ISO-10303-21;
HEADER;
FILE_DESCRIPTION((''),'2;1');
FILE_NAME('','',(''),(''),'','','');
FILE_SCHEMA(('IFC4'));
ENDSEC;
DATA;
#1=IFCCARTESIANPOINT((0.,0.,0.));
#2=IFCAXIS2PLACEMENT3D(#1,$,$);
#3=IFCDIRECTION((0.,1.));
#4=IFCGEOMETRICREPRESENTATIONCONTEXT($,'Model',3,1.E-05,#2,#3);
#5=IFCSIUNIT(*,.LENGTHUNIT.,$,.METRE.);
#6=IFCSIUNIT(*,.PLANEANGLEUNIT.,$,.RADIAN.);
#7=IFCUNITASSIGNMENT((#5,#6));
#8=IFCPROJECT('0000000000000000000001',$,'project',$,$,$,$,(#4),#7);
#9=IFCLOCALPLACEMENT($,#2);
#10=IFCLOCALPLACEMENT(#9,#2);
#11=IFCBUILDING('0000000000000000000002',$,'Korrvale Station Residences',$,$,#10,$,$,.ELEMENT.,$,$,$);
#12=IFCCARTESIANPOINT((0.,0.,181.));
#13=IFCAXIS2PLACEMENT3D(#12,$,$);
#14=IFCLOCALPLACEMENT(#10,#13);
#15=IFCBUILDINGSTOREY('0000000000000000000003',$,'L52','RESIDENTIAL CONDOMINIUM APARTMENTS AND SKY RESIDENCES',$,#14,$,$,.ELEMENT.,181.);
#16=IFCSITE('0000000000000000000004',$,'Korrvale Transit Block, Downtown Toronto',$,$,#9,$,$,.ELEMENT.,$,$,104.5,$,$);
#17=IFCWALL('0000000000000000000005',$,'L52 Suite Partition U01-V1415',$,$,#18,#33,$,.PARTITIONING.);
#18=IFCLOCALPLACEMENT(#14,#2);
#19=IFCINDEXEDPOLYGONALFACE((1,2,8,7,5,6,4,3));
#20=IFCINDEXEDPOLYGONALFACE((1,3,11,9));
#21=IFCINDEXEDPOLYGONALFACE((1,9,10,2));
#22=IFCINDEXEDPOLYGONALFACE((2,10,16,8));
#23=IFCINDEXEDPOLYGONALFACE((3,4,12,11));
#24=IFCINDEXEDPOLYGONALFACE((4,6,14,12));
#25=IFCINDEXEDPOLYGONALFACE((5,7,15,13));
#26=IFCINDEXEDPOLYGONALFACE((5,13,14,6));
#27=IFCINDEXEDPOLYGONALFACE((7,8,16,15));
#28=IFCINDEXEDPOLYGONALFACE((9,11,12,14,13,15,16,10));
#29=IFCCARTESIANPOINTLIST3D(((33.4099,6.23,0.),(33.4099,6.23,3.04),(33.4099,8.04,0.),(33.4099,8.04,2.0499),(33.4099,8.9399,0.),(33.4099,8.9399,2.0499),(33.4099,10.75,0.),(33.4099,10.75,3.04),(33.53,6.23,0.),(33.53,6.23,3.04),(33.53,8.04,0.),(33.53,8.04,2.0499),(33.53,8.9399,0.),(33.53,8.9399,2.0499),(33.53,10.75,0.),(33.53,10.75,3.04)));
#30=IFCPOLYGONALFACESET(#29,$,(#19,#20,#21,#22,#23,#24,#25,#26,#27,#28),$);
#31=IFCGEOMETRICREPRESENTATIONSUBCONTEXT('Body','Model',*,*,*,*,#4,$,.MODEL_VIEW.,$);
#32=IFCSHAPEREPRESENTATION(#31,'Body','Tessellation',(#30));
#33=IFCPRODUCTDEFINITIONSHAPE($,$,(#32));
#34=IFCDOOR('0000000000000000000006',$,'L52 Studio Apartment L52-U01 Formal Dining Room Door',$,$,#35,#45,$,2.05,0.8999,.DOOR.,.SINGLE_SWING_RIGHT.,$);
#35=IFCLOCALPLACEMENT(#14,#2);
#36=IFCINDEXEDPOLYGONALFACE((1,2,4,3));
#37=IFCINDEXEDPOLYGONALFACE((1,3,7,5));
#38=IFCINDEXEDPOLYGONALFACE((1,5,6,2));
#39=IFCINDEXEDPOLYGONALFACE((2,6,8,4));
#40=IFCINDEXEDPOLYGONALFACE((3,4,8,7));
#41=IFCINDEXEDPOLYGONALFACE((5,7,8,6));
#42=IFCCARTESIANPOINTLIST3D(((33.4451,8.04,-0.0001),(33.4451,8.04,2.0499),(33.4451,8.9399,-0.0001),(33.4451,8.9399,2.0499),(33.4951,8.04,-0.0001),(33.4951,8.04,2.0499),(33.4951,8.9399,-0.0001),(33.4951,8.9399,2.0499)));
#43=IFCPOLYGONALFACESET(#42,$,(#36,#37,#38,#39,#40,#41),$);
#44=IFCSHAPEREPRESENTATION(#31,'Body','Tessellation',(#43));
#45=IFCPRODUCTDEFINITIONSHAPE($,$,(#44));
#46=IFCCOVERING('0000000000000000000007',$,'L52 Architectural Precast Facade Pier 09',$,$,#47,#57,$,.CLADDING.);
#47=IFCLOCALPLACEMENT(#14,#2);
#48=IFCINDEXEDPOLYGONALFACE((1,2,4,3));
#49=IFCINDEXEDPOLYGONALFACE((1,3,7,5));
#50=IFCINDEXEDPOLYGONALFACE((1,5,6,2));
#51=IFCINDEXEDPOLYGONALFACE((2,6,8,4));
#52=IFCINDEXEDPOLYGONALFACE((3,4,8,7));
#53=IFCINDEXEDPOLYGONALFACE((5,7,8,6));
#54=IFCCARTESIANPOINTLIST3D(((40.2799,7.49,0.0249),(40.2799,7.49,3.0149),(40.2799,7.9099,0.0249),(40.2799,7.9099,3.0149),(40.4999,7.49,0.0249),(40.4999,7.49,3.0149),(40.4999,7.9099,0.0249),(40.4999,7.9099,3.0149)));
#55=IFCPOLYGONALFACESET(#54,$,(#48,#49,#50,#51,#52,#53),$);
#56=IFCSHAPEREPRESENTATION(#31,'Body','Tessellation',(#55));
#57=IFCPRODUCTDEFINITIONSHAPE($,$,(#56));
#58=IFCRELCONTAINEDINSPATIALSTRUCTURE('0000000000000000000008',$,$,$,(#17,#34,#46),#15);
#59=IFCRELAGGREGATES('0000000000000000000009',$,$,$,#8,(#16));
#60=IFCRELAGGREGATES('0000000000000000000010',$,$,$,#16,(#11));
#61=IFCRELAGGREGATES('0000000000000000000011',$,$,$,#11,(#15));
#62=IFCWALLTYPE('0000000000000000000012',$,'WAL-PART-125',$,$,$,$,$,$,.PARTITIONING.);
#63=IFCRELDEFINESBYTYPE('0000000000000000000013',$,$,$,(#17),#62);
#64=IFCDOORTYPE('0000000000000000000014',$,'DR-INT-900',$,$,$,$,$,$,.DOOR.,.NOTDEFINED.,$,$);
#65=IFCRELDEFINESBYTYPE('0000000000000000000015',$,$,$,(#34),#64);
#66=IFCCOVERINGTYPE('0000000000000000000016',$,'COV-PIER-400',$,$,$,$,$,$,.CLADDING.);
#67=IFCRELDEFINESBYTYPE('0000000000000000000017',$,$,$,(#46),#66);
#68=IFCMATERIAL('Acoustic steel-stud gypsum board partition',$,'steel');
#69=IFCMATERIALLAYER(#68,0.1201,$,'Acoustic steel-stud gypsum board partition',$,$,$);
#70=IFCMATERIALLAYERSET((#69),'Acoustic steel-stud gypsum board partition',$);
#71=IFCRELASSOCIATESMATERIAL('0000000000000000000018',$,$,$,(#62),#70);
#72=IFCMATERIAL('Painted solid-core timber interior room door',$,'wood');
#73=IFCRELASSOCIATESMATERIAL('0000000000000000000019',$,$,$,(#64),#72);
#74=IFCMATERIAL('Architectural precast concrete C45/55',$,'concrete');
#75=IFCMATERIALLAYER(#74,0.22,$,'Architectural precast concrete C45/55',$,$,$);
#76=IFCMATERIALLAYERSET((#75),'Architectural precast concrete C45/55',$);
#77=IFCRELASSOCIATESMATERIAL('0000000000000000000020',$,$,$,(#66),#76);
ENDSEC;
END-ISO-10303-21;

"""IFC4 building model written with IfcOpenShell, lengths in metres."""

from ifc_helpers import new_model, si_unit, direction, frame, frame_2d, origin, origin_2d, place, context, subcontext, project, spatial, rectangle, extrude, material, layer, layer_set, type_object, element, fill, save


model = new_model("IFC4")

# Units and contexts
model_context = context("Model", 3, precision=1e-05, world=origin(), true_north=direction((0.0, 1.0)))
body_context = subcontext(model_context, "Body", "Model", "MODEL_VIEW")
ifc_project = project(units=[si_unit("LENGTHUNIT", "METRE"), si_unit("PLANEANGLEUNIT", "RADIAN")], contexts=[model_context])

# Site, building, storey
site_placement = place(None, origin())
site = spatial("IfcSite", under=ifc_project, at=site_placement, Name="Korrvale Transit Block, Downtown Toronto", CompositionType="ELEMENT", RefElevation=104.5)
building_placement = place(site_placement, origin())
building = spatial("IfcBuilding", under=site, at=building_placement, Name="Korrvale Station Residences", CompositionType="ELEMENT")
storey_placement = place(building_placement, frame((0.0, 0.0, 181.0)))
storey = spatial("IfcBuildingStorey", under=building, at=storey_placement, Name="L52", Description="RESIDENTIAL CONDOMINIUM APARTMENTS AND SKY RESIDENCES", CompositionType="ELEMENT", Elevation=181.0)

# Wall, opening, door
ifc_material_1 = material(Name="Acoustic steel-stud gypsum board partition", Category="steel")
ifc_layer_1 = layer(ifc_material_1, 0.1201, Name="Acoustic steel-stud gypsum board partition")
ifc_layer_set_1 = layer_set([ifc_layer_1], Name="Acoustic steel-stud gypsum board partition")
wall_type_1 = type_object("IfcWallType", Name="WAL-PART-125", PredefinedType="PARTITIONING", material=ifc_layer_set_1)
ifc_material_2 = material(Name="Painted solid-core timber interior room door", Category="wood")
door_type_1 = type_object("IfcDoorType", Name="DR-INT-900", OperationType="NOTDEFINED", PredefinedType="DOOR", material=ifc_material_2)
wall_1_placement = place(storey_placement, frame((33.47, 6.23, 0.0), z_axis=(0.0, 0.0, 1.0), x_axis=(0.0, 1.0, 0.0)))
wall_1 = element("IfcWall", 1, at=wall_1_placement, inside=storey, type_object=wall_type_1, Name="L52 Suite Partition U01-V1415", PredefinedType="PARTITIONING", context=body_context, shape_type="SweptSolid", body=[
    extrude(rectangle(XDim=4.52, YDim=0.1201, at=frame_2d((2.26, 0.0))), origin(), (0.0, 0.0, 1.0), 3.04),
])
opening_1_placement = place(wall_1_placement, frame((1.8101, 0.0, 0.0)))
opening_1 = element("IfcOpeningElement", 2, at=opening_1_placement, cuts=wall_1, PredefinedType="OPENING", context=body_context, shape_type="SweptSolid", body=[
    extrude(rectangle(XDim=0.8999, YDim=2.05, at=frame_2d((0.45, 1.0249))), frame((0.0, 0.0701, 0.0), z_axis=(0.0, -1.0, 0.0), x_axis=(1.0, 0.0, 0.0)), (0.0, 0.0, 1.0), 0.1401),
])
door_1_placement = place(opening_1_placement, origin())
door_1 = element("IfcDoor", 3, at=door_1_placement, inside=storey, type_object=door_type_1, Name="L52 Studio Apartment L52-U01 Formal Dining Room Door", OperationType="SINGLE_SWING_RIGHT", OverallHeight=2.05, OverallWidth=0.8999, PredefinedType="DOOR", context=body_context, shape_type="SweptSolid", body=[
    extrude(rectangle(XDim=0.8999, YDim=2.05, at=frame_2d((0.45, 1.0249))), frame((0.0, 0.0249, 0.0), z_axis=(0.0, -1.0, 0.0), x_axis=(1.0, 0.0, 0.0)), (0.0, 0.0, 1.0), 0.05),
])
fill(opening_1, door_1)

# Covering
ifc_material_3 = material(Name="Architectural precast concrete C45/55", Category="concrete")
ifc_layer_2 = layer(ifc_material_3, 0.22, Name="Architectural precast concrete C45/55")
ifc_layer_set_2 = layer_set([ifc_layer_2], Name="Architectural precast concrete C45/55")
covering_type = type_object("IfcCoveringType", Name="COV-PIER-400", PredefinedType="CLADDING", material=ifc_layer_set_2)
covering_placement = place(storey_placement, frame((40.3899, 7.7, 0.0249), z_axis=(0.0, 0.0, 1.0), x_axis=(0.0, 1.0, 0.0)))
element("IfcCovering", 4, at=covering_placement, inside=storey, type_object=covering_type, Name="L52 Architectural Precast Facade Pier 09", PredefinedType="CLADDING", context=body_context, shape_type="SweptSolid", body=[
    extrude(rectangle(XDim=0.4199, YDim=0.22, at=origin_2d()), origin(), (0.0, 0.0, 1.0), 2.99),
])

save(model, "model.ifc")
